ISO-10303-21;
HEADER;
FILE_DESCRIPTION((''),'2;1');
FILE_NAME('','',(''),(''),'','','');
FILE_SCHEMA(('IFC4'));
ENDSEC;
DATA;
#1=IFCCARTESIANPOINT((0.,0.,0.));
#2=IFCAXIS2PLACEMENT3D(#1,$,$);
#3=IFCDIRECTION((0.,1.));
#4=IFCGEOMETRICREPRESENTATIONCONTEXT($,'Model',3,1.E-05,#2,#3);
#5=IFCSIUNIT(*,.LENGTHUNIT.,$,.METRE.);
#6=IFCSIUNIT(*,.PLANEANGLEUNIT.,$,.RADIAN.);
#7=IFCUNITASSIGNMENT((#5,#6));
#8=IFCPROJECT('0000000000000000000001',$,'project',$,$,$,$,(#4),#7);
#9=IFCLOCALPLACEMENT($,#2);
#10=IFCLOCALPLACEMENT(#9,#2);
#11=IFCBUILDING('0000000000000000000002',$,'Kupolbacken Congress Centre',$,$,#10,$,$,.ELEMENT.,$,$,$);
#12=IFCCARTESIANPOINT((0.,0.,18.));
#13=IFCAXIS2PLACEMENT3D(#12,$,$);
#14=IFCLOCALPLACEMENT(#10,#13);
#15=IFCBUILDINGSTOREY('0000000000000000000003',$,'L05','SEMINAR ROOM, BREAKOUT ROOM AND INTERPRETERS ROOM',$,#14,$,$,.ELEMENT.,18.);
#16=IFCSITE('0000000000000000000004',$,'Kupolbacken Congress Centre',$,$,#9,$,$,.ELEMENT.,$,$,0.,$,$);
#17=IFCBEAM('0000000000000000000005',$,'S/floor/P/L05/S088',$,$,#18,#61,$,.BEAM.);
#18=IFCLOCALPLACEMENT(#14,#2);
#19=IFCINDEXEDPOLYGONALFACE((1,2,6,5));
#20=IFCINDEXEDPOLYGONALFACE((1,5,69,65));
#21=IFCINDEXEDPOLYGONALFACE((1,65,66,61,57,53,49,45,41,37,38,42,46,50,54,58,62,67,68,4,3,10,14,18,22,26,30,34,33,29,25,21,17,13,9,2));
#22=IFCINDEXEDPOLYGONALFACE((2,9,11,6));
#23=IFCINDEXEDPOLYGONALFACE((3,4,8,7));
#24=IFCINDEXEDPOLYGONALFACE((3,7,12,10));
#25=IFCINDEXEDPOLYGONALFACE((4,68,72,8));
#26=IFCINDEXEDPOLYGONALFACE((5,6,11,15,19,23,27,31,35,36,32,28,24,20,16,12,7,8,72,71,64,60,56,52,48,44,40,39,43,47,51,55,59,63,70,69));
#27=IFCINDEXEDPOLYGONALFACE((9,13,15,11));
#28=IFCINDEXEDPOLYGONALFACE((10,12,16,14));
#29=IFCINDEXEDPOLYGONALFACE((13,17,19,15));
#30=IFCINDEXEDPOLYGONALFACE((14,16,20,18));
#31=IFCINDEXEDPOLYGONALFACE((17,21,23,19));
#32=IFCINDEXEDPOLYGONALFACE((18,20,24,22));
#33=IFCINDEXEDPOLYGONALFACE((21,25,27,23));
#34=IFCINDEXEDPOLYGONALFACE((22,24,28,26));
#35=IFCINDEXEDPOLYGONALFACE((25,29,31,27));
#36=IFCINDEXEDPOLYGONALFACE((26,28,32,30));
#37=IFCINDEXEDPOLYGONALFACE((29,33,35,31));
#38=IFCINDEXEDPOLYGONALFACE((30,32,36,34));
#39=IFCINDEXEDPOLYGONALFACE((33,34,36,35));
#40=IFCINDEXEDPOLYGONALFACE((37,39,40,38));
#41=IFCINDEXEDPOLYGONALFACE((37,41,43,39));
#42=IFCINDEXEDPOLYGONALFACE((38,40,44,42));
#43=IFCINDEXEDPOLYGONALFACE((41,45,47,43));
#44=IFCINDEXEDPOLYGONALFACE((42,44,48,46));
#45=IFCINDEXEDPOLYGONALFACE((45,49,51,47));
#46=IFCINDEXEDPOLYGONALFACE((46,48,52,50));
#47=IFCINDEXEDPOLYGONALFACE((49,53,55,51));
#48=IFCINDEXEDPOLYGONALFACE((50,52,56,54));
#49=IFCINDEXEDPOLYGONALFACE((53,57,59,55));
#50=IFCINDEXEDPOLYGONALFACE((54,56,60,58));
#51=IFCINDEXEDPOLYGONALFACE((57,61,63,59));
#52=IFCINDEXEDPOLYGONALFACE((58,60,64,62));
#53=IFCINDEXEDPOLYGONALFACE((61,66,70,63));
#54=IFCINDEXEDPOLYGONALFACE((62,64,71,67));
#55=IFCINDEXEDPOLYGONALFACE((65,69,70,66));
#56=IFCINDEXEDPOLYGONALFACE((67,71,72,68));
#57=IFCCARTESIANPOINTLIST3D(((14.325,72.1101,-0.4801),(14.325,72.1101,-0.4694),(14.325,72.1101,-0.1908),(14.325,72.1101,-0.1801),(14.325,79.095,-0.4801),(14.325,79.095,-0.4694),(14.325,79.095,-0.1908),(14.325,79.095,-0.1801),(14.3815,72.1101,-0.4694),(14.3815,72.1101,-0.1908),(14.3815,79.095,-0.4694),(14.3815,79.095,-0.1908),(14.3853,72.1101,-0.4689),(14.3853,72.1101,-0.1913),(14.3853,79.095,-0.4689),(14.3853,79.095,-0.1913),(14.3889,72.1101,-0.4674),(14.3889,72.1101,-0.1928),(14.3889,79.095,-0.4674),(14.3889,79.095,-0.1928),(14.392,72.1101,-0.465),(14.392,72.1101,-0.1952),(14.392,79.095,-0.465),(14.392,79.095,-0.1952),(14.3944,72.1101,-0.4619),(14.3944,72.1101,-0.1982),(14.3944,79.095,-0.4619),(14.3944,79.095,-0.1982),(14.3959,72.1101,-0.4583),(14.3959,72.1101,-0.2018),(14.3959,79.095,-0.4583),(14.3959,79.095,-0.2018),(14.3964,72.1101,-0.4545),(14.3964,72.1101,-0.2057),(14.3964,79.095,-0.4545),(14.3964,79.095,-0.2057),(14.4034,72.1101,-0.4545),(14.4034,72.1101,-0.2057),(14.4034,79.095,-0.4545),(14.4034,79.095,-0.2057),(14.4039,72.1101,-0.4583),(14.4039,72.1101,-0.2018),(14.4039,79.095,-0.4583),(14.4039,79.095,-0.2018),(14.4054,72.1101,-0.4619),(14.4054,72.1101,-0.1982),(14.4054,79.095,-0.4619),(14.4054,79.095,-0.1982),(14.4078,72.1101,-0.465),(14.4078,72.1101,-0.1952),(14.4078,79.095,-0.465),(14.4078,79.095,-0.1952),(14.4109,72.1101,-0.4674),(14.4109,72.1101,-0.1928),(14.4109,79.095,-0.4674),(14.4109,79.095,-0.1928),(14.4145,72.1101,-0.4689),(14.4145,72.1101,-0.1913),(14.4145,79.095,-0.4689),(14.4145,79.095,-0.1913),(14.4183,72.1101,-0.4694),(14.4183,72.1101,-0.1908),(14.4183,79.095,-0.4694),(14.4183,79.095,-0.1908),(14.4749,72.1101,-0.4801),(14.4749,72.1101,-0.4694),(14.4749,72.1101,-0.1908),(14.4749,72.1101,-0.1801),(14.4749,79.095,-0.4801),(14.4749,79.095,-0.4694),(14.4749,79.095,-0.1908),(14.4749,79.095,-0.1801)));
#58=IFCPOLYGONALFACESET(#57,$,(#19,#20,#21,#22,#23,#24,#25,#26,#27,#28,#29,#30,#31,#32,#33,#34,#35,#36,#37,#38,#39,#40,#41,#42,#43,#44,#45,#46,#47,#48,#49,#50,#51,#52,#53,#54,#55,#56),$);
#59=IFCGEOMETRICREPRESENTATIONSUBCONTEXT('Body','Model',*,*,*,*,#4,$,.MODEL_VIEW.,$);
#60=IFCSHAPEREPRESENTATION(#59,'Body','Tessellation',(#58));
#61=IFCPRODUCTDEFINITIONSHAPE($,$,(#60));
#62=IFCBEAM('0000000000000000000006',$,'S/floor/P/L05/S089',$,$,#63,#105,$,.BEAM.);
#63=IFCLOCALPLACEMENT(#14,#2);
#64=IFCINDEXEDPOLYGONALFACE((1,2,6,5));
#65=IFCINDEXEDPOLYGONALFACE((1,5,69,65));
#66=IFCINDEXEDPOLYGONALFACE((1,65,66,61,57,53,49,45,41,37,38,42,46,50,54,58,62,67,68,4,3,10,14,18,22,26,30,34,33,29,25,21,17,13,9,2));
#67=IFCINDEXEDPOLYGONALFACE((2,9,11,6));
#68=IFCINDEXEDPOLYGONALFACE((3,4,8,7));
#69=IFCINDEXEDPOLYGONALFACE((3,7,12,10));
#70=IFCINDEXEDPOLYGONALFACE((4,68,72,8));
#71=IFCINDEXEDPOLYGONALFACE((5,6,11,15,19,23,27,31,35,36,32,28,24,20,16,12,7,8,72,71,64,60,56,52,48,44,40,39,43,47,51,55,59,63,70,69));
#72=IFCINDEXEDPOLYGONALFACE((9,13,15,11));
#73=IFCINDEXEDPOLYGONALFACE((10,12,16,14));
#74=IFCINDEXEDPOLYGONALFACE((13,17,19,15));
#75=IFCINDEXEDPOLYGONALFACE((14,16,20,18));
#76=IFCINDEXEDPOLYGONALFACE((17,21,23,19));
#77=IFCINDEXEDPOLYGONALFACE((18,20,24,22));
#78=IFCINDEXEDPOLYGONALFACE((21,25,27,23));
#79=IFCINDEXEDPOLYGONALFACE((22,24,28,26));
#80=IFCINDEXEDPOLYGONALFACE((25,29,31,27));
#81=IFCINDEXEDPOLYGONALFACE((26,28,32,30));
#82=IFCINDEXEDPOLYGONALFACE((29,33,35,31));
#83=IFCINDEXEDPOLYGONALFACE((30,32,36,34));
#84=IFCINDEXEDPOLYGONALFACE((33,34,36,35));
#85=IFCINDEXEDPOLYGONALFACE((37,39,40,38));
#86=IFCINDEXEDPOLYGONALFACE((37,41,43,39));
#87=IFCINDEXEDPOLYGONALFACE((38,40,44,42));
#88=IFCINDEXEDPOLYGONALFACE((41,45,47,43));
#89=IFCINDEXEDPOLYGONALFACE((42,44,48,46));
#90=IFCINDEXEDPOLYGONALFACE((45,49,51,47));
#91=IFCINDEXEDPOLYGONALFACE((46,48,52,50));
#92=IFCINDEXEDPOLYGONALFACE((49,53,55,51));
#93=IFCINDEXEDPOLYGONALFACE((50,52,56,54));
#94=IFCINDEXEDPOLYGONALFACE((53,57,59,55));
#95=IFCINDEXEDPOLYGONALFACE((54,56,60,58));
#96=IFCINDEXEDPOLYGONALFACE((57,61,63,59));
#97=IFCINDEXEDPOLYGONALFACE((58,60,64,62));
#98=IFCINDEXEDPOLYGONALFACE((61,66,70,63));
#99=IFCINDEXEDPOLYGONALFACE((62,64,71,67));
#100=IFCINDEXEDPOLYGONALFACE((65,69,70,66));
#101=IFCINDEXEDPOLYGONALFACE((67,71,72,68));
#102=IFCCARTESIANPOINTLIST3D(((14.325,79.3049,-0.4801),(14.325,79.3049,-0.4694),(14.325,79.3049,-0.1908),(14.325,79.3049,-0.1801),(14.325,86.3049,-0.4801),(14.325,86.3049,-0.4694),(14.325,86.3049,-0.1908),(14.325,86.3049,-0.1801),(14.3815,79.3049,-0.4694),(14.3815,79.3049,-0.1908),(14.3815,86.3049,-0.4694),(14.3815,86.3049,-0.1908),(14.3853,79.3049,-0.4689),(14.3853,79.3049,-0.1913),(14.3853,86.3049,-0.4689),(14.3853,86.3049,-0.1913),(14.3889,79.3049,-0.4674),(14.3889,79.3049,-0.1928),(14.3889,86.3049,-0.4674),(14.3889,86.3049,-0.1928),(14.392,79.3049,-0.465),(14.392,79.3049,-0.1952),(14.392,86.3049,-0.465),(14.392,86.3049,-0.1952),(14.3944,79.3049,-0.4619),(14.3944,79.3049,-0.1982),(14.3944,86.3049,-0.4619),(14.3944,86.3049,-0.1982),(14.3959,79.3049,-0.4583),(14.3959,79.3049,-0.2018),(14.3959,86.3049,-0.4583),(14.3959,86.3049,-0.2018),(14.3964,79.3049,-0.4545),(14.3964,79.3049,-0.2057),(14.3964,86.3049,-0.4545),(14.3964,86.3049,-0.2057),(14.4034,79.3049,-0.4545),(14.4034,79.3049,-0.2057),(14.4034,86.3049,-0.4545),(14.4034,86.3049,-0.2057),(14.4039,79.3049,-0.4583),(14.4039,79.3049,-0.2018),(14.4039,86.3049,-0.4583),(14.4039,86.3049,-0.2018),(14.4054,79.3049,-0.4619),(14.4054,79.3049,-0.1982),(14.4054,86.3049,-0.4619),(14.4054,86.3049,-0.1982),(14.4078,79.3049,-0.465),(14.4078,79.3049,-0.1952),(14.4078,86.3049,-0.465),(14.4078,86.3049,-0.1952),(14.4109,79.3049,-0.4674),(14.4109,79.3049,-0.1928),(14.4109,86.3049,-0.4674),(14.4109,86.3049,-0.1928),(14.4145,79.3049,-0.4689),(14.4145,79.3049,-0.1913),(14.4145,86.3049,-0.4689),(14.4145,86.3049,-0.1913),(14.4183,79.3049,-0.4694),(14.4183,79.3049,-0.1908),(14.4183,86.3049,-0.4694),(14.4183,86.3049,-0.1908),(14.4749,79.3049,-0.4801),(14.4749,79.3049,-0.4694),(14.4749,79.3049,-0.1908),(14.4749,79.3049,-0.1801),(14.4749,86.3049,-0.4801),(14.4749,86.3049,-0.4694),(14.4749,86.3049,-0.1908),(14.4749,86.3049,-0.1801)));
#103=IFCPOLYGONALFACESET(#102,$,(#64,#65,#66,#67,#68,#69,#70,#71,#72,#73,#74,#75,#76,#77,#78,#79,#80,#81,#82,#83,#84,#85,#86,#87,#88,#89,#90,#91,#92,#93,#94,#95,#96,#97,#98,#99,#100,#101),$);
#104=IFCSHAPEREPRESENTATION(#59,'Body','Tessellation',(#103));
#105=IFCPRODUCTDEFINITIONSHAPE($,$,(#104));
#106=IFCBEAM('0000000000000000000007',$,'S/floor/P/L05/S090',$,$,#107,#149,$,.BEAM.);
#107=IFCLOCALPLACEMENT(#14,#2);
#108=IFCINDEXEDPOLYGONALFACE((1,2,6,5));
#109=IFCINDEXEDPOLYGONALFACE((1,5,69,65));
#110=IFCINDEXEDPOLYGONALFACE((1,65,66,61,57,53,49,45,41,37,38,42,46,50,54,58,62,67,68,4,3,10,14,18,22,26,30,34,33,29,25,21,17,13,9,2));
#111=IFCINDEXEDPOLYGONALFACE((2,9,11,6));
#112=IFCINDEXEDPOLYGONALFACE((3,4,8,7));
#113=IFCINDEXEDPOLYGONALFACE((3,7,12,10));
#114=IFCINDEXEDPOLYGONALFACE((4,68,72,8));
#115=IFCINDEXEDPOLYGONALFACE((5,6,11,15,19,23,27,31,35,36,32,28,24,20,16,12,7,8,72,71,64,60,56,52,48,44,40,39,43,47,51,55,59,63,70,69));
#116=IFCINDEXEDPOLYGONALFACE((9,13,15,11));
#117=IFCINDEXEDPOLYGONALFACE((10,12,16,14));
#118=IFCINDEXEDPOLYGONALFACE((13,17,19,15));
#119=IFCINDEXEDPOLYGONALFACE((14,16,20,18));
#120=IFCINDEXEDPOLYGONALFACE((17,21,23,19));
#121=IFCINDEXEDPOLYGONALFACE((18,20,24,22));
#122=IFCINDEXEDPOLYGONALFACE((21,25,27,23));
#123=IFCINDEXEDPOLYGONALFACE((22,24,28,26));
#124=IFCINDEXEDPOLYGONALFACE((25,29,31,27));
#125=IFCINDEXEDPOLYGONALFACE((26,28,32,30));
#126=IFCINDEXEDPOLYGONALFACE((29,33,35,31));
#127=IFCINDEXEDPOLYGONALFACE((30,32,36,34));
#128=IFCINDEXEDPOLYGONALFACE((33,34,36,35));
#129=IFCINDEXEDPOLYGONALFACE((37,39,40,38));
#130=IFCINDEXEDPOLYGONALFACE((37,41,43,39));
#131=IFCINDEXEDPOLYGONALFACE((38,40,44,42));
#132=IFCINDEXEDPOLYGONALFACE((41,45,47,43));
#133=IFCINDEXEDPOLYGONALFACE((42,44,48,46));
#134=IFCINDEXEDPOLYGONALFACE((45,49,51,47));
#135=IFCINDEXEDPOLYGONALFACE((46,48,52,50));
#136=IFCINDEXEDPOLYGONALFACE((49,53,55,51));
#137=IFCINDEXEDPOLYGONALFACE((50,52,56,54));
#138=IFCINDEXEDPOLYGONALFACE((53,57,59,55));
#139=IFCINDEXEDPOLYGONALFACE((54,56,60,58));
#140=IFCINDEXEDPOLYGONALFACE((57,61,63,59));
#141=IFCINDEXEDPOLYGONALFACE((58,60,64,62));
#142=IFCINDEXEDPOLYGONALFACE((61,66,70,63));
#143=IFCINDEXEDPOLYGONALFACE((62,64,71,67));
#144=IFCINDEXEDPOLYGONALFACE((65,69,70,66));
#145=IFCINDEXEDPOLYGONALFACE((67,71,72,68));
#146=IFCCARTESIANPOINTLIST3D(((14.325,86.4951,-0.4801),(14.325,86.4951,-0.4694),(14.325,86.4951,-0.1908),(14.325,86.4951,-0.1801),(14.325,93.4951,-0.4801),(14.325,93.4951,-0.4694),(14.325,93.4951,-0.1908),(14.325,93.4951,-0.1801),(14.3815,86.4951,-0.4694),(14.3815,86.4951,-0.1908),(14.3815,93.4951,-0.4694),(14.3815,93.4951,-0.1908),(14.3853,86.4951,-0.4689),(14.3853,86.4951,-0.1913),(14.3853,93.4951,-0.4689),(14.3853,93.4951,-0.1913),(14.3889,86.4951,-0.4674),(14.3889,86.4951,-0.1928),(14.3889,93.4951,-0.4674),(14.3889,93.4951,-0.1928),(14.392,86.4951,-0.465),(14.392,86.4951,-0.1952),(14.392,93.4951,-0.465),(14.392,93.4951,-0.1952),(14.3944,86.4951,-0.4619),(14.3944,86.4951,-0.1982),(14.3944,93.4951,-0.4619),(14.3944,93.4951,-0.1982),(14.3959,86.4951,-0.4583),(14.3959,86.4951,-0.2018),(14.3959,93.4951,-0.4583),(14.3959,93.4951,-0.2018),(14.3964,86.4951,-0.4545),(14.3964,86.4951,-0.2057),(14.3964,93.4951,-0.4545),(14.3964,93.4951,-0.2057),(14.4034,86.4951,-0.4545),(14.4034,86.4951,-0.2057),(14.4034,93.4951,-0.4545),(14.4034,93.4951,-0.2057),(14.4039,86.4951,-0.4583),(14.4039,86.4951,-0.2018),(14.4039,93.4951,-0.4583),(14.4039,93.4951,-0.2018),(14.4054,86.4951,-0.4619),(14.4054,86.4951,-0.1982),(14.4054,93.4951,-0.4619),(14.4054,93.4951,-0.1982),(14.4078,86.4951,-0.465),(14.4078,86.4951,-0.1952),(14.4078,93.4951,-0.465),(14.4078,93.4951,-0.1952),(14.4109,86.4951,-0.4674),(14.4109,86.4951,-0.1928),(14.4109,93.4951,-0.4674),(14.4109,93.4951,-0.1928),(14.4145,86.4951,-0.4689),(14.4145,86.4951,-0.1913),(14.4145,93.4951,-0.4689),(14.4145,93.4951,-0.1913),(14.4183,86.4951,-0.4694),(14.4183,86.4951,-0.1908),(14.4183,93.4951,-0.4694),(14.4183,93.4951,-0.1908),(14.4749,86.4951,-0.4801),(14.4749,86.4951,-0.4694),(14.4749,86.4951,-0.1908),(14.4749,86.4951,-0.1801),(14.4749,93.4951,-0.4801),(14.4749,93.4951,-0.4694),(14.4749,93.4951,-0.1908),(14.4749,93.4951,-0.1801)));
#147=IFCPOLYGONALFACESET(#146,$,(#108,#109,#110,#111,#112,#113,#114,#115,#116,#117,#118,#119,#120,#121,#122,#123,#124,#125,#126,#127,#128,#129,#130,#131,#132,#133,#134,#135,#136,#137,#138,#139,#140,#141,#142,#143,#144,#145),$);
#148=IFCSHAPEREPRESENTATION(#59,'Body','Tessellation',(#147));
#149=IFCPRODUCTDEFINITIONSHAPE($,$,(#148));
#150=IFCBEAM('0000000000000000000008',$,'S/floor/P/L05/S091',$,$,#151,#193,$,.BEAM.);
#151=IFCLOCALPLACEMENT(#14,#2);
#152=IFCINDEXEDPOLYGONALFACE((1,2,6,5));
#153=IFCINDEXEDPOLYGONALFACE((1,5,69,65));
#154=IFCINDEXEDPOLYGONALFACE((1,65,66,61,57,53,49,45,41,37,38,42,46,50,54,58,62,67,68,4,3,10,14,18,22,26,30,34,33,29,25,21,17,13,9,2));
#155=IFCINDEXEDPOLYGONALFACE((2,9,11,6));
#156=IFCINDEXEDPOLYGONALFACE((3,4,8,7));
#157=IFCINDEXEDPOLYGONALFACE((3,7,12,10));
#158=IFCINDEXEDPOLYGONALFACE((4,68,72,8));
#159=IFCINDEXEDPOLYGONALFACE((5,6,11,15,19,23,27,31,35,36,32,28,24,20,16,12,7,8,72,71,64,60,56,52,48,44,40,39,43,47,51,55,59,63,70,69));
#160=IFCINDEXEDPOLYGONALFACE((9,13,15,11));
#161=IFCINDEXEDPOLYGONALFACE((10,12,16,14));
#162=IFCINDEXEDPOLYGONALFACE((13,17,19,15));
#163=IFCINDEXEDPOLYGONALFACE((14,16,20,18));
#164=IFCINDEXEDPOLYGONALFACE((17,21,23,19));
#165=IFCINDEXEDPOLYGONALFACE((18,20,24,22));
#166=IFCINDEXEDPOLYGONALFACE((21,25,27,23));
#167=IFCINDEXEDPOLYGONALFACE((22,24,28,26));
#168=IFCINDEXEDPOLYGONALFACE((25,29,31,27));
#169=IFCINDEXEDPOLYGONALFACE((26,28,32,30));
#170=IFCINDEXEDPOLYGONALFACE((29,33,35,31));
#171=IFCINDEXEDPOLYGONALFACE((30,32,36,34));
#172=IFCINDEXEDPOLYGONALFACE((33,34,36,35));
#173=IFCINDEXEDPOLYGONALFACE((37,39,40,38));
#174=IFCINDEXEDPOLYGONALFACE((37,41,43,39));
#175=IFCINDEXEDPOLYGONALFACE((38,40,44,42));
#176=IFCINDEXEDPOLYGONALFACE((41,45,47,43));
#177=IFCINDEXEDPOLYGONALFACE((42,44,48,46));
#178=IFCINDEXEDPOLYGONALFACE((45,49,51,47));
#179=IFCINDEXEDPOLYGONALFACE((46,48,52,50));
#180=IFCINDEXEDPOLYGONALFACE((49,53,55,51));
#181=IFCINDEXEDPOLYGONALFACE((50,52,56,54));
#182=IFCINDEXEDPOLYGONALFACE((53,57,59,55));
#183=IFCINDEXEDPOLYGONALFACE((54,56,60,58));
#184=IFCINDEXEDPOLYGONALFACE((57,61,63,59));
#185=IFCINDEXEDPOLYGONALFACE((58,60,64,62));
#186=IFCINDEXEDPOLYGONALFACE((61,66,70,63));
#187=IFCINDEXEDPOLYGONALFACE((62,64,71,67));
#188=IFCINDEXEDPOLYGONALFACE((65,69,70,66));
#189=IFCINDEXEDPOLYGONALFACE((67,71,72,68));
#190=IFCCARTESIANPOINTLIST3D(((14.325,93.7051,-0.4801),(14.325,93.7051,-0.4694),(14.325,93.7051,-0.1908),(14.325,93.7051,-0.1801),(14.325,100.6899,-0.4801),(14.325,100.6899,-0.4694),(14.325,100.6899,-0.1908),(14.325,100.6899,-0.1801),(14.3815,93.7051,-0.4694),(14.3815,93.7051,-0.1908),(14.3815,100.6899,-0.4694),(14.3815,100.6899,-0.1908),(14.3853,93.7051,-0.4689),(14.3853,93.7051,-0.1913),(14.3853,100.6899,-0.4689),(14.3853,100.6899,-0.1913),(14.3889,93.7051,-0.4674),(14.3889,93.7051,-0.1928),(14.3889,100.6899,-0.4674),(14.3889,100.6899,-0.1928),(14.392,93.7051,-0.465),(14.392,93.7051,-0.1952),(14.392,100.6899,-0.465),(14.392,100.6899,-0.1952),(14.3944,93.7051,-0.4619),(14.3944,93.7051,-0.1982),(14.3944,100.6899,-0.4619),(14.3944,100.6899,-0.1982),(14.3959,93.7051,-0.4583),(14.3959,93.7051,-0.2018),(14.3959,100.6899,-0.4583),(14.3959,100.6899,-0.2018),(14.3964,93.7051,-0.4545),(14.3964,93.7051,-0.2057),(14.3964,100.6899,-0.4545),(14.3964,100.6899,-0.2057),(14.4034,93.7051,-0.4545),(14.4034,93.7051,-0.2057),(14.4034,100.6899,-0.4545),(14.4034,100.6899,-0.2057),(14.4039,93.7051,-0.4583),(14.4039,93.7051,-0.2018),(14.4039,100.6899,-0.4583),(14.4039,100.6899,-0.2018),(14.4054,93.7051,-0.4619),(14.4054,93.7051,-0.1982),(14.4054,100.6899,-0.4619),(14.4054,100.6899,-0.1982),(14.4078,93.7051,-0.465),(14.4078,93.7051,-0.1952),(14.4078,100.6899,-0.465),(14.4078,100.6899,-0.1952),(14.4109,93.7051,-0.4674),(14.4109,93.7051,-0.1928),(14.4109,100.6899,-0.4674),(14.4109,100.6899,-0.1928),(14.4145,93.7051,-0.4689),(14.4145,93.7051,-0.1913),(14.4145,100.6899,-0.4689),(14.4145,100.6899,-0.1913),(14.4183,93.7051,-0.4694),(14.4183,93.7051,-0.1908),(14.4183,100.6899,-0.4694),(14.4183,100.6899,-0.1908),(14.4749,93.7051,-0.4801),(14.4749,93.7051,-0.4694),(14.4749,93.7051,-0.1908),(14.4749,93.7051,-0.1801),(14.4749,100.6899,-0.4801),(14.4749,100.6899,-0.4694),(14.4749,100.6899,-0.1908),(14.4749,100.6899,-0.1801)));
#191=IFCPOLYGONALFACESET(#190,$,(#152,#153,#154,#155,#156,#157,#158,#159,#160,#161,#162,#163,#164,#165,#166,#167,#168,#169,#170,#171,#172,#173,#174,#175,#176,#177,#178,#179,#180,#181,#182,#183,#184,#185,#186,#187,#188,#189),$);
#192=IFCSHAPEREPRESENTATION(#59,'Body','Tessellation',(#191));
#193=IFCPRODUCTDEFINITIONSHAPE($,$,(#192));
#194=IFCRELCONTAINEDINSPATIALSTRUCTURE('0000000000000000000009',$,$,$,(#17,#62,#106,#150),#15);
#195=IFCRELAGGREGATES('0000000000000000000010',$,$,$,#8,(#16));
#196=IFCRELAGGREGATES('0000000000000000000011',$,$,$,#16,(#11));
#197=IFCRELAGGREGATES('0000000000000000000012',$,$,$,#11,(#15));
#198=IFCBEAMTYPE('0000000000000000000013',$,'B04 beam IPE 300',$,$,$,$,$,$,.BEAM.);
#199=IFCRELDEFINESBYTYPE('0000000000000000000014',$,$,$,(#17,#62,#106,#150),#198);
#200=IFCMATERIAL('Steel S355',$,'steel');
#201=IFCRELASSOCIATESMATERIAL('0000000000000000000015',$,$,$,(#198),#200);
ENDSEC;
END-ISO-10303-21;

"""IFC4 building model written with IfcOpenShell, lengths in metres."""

from ifc_helpers import new_model, si_unit, direction, frame, origin, origin_2d, place, context, subcontext, project, spatial, i_section, extrude, material, material_profile, profile_set, type_object, element, save


model = new_model("IFC4")

# Units and contexts
model_context = context("Model", 3, precision=1e-05, world=origin(), true_north=direction((0.0, 1.0)))
body_context = subcontext(model_context, "Body", "Model", "MODEL_VIEW")
ifc_project = project(units=[si_unit("LENGTHUNIT", "METRE"), si_unit("PLANEANGLEUNIT", "RADIAN")], contexts=[model_context])

# Site, building, storey
site_placement = place(None, origin())
site = spatial("IfcSite", under=ifc_project, at=site_placement, Name="Kupolbacken Congress Centre", CompositionType="ELEMENT", RefElevation=0.0)
building_placement = place(site_placement, origin())
building = spatial("IfcBuilding", under=site, at=building_placement, Name="Kupolbacken Congress Centre", CompositionType="ELEMENT")
storey_placement = place(building_placement, frame((0.0, 0.0, 18.0)))
storey = spatial("IfcBuildingStorey", under=building, at=storey_placement, Name="L05", Description="SEMINAR ROOM, BREAKOUT ROOM AND INTERPRETERS ROOM", CompositionType="ELEMENT", Elevation=18.0)

# Beams
ifc_material_1 = material(Name="Steel S355", Category="steel")
ifc_material_profile_1 = material_profile(ifc_material_1, i_section(OverallWidth=0.1499, OverallDepth=0.3, WebThickness=0.0071, FlangeThickness=0.0107, FilletRadius=0.0149, at=origin_2d()), Name="IPE 300")
ifc_profile_set_1 = profile_set([ifc_material_profile_1], Name="Steel S355")
beam_type_1 = type_object("IfcBeamType", Name="B04 beam IPE 300", PredefinedType="BEAM", material=ifc_profile_set_1)
for number, where, z_axis, x_axis, name in (
    (1, (14.3999, 72.1101, -0.3301), (0.0, 1.0, 0.0), (-1.0, 0.0, 0.0), "S/floor/P/L05/S088"),
):
    element("IfcBeam", number, at=place(storey_placement, frame(where, z_axis=z_axis, x_axis=x_axis)), inside=storey, type_object=beam_type_1, Name=name, PredefinedType="BEAM", context=body_context, shape_type="SweptSolid", body=[
        extrude(i_section(OverallWidth=0.1499, OverallDepth=0.3, WebThickness=0.0071, FlangeThickness=0.0107, FilletRadius=0.0149, at=origin_2d()), origin(), (0.0, 0.0, 1.0), 6.9849),
    ])
for number, where, z_axis, x_axis, name in (
    (2, (14.3999, 79.3049, -0.3301), (0.0, 1.0, 0.0), (-1.0, 0.0, 0.0), "S/floor/P/L05/S089"),
    (3, (14.3999, 86.4951, -0.3301), (0.0, 1.0, 0.0), (-1.0, 0.0, 0.0), "S/floor/P/L05/S090"),
):
    element("IfcBeam", number, at=place(storey_placement, frame(where, z_axis=z_axis, x_axis=x_axis)), inside=storey, type_object=beam_type_1, Name=name, PredefinedType="BEAM", context=body_context, shape_type="SweptSolid", body=[
        extrude(i_section(OverallWidth=0.1499, OverallDepth=0.3, WebThickness=0.0071, FlangeThickness=0.0107, FilletRadius=0.0149, at=origin_2d()), origin(), (0.0, 0.0, 1.0), 7.0),
    ])
beam_1_placement = place(storey_placement, frame((14.3999, 93.7051, -0.3301), z_axis=(0.0, 1.0, 0.0), x_axis=(-1.0, 0.0, 0.0)))
element("IfcBeam", 4, at=beam_1_placement, inside=storey, type_object=beam_type_1, Name="S/floor/P/L05/S091", PredefinedType="BEAM", context=body_context, shape_type="SweptSolid", body=[
    extrude(i_section(OverallWidth=0.1499, OverallDepth=0.3, WebThickness=0.0071, FlangeThickness=0.0107, FilletRadius=0.0149, at=origin_2d()), origin(), (0.0, 0.0, 1.0), 6.9849),
])

save(model, "model.ifc")
